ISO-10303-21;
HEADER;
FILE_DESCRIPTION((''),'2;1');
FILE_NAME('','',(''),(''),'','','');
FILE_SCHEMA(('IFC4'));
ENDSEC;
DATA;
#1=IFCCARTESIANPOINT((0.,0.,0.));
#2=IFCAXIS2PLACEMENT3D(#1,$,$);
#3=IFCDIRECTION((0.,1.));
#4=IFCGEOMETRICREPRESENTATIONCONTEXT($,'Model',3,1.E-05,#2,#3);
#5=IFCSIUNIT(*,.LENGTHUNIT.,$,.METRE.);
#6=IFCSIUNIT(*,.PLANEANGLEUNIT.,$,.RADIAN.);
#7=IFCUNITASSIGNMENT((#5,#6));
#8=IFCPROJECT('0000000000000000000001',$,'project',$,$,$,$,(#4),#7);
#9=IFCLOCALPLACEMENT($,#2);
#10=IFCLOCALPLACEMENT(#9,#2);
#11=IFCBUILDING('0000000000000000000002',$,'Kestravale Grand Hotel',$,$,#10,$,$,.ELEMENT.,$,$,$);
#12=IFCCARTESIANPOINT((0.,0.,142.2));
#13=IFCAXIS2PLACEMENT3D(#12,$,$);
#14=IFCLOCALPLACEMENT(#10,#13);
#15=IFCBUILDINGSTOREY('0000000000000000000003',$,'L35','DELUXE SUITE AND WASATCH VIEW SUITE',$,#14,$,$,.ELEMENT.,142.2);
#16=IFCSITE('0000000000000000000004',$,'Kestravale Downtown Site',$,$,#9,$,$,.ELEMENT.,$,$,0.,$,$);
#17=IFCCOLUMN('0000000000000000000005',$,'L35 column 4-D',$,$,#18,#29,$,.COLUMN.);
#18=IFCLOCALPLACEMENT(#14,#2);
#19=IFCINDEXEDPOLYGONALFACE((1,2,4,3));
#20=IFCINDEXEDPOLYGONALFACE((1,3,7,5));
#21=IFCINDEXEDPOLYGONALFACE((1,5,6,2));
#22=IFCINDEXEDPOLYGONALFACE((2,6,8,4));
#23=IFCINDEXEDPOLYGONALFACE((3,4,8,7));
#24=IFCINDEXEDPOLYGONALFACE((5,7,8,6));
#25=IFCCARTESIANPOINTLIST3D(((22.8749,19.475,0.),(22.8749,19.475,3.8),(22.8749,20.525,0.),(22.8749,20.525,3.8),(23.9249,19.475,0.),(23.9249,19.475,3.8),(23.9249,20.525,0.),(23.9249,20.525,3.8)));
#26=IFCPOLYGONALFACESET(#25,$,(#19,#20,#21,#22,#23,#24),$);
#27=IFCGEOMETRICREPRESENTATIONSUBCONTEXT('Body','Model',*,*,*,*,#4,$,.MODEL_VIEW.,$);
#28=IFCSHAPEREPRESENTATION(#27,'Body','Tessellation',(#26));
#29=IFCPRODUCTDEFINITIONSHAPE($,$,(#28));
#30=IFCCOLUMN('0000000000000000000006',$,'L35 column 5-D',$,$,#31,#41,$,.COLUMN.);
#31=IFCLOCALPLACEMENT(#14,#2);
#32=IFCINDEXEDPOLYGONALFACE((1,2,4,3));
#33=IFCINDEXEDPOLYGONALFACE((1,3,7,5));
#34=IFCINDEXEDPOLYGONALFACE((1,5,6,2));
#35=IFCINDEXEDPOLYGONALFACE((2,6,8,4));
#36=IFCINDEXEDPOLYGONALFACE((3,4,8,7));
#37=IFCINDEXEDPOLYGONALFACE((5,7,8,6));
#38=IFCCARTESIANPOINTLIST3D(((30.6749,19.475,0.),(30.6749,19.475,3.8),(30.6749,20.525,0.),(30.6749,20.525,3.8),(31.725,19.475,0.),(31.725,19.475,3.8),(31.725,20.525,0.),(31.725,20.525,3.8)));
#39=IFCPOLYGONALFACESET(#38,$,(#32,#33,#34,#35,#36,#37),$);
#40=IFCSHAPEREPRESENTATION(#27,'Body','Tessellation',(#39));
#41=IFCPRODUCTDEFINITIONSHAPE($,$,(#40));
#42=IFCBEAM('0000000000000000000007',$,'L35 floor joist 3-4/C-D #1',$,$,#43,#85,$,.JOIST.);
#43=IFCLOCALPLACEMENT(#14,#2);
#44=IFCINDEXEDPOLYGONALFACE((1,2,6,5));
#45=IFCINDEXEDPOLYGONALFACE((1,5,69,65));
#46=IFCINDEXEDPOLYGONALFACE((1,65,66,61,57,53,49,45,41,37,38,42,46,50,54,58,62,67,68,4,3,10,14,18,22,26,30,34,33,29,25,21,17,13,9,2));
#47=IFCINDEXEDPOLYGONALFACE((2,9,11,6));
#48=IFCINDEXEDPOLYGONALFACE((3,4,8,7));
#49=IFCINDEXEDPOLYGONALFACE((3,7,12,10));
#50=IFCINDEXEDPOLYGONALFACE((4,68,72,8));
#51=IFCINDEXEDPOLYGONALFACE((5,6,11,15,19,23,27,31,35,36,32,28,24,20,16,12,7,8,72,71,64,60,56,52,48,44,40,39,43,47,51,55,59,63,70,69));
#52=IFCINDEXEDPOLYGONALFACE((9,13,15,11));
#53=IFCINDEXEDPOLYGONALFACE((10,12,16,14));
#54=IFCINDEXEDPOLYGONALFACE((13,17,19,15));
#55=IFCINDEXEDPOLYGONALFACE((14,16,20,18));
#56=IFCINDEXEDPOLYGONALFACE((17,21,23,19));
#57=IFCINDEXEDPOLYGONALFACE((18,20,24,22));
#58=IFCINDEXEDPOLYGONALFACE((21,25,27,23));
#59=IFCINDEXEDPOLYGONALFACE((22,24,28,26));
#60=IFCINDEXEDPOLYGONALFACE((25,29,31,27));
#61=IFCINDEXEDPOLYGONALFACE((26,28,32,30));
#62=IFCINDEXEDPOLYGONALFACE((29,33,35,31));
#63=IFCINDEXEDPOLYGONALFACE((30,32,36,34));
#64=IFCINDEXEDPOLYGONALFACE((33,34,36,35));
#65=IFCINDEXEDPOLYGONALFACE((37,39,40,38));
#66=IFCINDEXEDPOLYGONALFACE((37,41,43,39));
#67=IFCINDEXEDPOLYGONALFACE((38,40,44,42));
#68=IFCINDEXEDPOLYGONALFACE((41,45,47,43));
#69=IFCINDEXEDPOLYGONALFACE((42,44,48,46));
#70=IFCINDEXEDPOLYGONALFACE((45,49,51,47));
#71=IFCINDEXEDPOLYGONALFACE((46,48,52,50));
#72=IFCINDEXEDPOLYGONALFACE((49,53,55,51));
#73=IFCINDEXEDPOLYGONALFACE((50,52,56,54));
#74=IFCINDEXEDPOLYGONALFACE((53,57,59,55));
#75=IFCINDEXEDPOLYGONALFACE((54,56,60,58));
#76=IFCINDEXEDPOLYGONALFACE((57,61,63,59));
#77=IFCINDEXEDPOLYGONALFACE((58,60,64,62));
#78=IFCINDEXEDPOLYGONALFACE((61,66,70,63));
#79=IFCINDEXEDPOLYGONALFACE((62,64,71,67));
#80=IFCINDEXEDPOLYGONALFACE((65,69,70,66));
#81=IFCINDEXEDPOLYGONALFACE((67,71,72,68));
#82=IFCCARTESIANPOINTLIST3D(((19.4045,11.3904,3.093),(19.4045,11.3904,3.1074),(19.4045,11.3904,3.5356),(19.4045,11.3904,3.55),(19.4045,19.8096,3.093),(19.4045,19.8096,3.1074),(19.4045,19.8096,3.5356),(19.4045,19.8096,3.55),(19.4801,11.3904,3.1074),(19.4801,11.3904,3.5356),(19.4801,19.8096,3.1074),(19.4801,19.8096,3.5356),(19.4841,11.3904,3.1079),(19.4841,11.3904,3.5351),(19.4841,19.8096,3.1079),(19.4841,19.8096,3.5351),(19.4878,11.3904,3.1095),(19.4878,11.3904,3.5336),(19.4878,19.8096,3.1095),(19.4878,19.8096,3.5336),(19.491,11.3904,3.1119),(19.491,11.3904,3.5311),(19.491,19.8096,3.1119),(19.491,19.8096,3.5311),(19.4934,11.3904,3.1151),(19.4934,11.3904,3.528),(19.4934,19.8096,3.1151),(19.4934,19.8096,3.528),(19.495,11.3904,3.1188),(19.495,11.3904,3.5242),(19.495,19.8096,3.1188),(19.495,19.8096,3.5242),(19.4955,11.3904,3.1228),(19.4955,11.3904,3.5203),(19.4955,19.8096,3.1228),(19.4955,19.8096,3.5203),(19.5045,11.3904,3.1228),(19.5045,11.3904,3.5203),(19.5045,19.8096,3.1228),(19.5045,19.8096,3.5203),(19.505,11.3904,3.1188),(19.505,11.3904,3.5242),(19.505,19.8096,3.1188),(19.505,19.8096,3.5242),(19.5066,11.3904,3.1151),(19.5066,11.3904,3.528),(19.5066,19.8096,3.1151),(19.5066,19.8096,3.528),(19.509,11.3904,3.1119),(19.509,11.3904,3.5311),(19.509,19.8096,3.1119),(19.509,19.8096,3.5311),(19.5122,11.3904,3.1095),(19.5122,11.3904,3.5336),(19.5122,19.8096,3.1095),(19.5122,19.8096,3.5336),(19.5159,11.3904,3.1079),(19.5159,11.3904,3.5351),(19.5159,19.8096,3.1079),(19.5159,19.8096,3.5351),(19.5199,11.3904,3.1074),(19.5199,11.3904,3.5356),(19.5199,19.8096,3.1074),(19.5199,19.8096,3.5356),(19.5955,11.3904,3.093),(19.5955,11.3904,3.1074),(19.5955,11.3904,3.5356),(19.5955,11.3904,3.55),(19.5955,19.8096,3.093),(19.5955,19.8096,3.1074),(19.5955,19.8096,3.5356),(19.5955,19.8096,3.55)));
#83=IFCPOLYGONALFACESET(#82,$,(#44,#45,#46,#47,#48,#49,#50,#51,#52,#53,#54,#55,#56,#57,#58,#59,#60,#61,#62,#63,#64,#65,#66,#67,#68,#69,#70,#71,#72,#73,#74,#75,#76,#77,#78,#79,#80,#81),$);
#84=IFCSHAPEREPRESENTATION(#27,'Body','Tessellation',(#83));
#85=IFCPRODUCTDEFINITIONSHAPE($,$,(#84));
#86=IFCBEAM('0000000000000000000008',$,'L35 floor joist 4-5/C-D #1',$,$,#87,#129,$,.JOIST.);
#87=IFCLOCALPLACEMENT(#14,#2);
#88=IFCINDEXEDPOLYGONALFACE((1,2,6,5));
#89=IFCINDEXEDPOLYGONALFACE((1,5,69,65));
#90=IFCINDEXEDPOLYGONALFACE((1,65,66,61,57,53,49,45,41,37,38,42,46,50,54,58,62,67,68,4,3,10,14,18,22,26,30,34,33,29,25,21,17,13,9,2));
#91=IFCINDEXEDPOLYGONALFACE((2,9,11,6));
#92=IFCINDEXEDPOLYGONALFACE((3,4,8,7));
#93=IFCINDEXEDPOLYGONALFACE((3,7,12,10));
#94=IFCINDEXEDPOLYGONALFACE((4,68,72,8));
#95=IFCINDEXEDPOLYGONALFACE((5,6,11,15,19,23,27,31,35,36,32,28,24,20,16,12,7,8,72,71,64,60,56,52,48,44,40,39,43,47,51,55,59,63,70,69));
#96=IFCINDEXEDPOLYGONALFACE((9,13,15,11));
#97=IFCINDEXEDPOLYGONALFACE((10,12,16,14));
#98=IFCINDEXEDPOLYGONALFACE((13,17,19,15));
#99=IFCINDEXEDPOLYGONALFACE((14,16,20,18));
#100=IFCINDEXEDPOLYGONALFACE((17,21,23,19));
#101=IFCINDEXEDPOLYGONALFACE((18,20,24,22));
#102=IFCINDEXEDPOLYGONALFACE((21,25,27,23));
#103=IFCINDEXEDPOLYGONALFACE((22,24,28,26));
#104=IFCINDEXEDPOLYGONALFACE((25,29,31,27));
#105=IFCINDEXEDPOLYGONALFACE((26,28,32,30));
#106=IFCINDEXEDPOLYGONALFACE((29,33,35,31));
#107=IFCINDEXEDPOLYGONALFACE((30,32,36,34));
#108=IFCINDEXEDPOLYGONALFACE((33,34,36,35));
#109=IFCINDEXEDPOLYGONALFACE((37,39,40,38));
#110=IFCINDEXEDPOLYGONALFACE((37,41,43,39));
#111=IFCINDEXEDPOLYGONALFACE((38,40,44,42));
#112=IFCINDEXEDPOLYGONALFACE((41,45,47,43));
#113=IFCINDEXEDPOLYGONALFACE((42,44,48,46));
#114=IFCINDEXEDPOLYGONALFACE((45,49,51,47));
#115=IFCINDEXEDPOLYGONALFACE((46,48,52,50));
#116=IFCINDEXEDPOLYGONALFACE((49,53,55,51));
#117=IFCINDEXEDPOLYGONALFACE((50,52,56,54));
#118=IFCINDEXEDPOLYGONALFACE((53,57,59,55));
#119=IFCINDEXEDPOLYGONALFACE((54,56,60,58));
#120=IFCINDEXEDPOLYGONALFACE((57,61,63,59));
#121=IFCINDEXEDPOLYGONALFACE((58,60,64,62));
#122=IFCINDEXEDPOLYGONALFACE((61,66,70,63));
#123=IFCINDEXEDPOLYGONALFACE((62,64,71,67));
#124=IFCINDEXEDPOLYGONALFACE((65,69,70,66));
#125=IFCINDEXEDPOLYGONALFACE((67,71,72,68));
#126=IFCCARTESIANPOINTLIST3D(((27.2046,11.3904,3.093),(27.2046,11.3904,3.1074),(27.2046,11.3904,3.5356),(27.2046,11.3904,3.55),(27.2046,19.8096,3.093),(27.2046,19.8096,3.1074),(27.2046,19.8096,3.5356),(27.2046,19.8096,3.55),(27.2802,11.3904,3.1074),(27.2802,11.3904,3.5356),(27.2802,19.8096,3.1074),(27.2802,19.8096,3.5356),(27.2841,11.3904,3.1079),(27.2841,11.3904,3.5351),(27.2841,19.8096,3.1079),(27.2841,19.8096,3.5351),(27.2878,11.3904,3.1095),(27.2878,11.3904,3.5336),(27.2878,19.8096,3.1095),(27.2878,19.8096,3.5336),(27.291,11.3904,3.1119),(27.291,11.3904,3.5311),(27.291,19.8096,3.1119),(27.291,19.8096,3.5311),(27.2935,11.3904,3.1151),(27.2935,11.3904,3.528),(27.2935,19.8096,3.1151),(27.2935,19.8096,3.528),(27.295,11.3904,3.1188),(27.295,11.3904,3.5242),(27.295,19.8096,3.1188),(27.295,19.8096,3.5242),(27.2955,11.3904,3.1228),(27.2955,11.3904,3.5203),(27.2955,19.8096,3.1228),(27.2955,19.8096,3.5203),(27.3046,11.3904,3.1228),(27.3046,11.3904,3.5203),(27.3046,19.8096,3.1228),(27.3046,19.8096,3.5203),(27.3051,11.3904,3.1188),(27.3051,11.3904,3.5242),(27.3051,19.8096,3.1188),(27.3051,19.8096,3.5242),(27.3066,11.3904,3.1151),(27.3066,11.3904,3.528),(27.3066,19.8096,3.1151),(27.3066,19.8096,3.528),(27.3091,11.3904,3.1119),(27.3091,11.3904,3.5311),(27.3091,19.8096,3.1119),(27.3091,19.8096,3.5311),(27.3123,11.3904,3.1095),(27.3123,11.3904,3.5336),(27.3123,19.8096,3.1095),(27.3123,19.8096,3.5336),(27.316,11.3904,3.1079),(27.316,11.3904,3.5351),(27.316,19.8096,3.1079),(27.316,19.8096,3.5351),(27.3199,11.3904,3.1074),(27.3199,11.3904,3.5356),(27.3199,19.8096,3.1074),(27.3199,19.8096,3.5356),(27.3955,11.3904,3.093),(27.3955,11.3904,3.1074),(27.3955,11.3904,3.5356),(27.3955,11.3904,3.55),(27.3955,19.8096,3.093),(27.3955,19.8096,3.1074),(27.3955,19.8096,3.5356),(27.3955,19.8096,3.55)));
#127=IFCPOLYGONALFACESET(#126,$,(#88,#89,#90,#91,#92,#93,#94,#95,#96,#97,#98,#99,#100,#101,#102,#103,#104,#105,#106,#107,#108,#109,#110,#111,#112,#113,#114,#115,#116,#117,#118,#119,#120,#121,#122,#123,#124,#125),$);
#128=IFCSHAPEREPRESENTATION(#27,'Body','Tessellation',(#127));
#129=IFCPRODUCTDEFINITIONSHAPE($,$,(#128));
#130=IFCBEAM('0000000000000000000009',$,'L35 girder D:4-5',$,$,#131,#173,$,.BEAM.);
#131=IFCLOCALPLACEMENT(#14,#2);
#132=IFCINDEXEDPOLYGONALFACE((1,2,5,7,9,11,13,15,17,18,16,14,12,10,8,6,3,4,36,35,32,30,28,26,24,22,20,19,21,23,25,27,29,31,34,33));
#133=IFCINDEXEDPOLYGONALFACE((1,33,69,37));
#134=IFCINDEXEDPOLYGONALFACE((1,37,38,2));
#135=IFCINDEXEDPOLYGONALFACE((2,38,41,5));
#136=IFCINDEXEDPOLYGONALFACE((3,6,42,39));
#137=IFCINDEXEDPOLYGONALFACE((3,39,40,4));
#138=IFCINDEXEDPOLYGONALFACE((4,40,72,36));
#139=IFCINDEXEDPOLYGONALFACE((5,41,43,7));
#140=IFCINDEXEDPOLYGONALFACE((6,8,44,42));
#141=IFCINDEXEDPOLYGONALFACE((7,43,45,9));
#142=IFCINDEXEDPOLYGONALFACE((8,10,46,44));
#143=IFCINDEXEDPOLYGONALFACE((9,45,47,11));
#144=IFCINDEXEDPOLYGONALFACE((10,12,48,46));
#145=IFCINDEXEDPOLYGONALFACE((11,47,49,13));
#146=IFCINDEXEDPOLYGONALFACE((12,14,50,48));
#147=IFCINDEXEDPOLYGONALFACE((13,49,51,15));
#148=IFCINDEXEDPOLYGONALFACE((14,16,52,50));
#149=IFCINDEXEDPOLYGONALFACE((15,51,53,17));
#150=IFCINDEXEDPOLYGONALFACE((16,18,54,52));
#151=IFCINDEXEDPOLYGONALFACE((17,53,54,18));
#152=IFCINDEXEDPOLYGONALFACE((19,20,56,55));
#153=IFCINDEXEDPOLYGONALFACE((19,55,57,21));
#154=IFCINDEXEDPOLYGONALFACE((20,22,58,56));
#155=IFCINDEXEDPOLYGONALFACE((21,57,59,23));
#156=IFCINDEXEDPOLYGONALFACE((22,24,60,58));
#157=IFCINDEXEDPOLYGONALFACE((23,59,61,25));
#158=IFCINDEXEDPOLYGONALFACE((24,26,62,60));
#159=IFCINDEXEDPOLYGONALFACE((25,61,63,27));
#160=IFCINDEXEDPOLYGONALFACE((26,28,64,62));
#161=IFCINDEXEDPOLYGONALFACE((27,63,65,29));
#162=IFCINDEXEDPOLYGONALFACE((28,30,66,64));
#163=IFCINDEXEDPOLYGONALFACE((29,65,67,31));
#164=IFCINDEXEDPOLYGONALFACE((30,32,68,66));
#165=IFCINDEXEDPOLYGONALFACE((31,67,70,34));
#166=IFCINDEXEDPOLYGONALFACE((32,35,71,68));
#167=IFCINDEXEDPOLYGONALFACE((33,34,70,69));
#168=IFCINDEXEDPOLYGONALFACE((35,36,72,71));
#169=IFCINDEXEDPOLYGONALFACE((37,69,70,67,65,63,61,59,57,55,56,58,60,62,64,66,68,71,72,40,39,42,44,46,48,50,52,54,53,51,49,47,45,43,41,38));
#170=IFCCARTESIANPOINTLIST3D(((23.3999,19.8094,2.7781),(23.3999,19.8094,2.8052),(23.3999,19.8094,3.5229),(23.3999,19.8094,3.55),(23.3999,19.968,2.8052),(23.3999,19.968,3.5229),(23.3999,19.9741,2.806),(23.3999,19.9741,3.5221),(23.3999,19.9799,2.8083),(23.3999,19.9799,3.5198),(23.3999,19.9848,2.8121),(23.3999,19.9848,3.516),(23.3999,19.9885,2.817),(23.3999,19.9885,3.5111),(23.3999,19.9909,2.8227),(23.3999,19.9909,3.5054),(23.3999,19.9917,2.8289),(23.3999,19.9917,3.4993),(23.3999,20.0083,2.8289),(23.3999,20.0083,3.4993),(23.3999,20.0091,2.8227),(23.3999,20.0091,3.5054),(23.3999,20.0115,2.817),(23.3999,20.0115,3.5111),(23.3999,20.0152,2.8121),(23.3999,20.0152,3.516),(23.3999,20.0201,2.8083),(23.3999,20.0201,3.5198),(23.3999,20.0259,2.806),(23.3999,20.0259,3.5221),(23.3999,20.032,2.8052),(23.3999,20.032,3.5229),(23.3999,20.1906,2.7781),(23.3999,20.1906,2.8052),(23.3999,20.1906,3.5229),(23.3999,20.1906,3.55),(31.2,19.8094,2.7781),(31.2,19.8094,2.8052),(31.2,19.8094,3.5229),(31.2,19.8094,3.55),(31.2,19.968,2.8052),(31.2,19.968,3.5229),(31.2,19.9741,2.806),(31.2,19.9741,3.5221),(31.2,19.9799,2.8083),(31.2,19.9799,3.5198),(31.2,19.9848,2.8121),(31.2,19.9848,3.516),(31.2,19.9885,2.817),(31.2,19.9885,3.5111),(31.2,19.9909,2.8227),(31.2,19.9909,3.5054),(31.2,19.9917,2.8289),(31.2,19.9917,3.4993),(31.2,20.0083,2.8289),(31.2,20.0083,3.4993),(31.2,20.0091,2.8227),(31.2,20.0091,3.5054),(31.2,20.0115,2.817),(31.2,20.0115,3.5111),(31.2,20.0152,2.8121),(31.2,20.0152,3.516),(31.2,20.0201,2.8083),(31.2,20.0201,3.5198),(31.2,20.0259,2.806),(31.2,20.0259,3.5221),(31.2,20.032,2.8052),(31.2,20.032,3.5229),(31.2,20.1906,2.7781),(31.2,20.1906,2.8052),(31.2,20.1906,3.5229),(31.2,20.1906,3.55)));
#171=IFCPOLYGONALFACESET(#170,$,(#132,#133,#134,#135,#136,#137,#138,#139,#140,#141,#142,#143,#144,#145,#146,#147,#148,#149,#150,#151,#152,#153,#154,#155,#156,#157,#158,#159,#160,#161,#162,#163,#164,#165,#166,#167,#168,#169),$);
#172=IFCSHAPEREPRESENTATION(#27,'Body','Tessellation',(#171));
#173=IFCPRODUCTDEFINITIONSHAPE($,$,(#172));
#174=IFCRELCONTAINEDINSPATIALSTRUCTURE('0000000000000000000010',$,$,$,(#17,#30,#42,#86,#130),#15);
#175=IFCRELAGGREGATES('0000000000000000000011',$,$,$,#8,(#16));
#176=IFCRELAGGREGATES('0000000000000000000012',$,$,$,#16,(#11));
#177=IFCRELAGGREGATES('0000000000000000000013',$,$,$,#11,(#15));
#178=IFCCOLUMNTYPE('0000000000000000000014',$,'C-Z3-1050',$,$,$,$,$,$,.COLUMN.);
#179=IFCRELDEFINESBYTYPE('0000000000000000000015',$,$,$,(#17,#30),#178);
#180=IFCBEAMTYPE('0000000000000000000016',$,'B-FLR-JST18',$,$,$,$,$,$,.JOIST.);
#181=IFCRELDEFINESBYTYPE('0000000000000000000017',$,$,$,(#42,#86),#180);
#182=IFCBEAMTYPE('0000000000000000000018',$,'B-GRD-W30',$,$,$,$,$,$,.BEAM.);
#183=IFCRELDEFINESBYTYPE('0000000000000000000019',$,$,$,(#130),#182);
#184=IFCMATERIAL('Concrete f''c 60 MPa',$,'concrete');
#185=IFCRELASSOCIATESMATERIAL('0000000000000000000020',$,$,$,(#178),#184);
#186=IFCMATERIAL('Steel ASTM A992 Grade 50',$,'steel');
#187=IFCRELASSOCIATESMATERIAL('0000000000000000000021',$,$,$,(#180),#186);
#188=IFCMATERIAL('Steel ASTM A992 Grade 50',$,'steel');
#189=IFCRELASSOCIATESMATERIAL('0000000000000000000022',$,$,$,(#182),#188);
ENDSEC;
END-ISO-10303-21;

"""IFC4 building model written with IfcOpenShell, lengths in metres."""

from ifc_helpers import new_model, si_unit, direction, frame, origin, origin_2d, place, context, subcontext, project, spatial, rectangle, i_section, extrude, material, material_profile, profile_set, type_object, element, save


model = new_model("IFC4")

# Units and contexts
model_context = context("Model", 3, precision=1e-05, world=origin(), true_north=direction((0.0, 1.0)))
body_context = subcontext(model_context, "Body", "Model", "MODEL_VIEW")
ifc_project = project(units=[si_unit("LENGTHUNIT", "METRE"), si_unit("PLANEANGLEUNIT", "RADIAN")], contexts=[model_context])

# Site, building, storey
site_placement = place(None, origin())
site = spatial("IfcSite", under=ifc_project, at=site_placement, Name="Kestravale Downtown Site", CompositionType="ELEMENT", RefElevation=0.0)
building_placement = place(site_placement, origin())
building = spatial("IfcBuilding", under=site, at=building_placement, Name="Kestravale Grand Hotel", CompositionType="ELEMENT")
storey_placement = place(building_placement, frame((0.0, 0.0, 142.2)))
storey = spatial("IfcBuildingStorey", under=building, at=storey_placement, Name="L35", Description="DELUXE SUITE AND WASATCH VIEW SUITE", CompositionType="ELEMENT", Elevation=142.2)

# Columns
ifc_material_1 = material(Name="Concrete f'c 60 MPa", Category="concrete")
ifc_material_profile_1 = material_profile(ifc_material_1, rectangle(XDim=1.05, YDim=1.05, at=origin_2d()))
ifc_profile_set_1 = profile_set([ifc_material_profile_1], Name="Concrete f'c 60 MPa")
column_type = type_object("IfcColumnType", Name="C-Z3-1050", PredefinedType="COLUMN", material=ifc_profile_set_1)
for number, where, z_axis, x_axis, name in (
    (1, (23.3999, 20.0, 0.0), (0.0, 0.0, 1.0), (1.0, 0.0, 0.0), "L35 column 4-D"),
    (2, (31.2, 20.0, 0.0), (0.0, 0.0, 1.0), (1.0, 0.0, 0.0), "L35 column 5-D"),
):
    element("IfcColumn", number, at=place(storey_placement, frame(where, z_axis=z_axis, x_axis=x_axis)), inside=storey, type_object=column_type, Name=name, PredefinedType="COLUMN", context=body_context, shape_type="SweptSolid", body=[
        extrude(rectangle(XDim=1.05, YDim=1.05, at=origin_2d()), origin(), (0.0, 0.0, 1.0), 3.8),
    ])

# Beams
ifc_material_2 = material(Name="Steel ASTM A992 Grade 50", Category="steel")
ifc_material_profile_2 = material_profile(ifc_material_2, i_section(OverallWidth=0.1909, OverallDepth=0.457, WebThickness=0.009, FlangeThickness=0.0144, FilletRadius=0.0154, at=origin_2d()))
ifc_profile_set_2 = profile_set([ifc_material_profile_2], Name="Steel ASTM A992 Grade 50")
beam_type_1 = type_object("IfcBeamType", Name="B-FLR-JST18", PredefinedType="JOIST", material=ifc_profile_set_2)
for number, where, z_axis, x_axis, name in (
    (3, (19.5, 11.3904, 3.3215), (0.0, 1.0, 0.0), (-1.0, 0.0, 0.0), "L35 floor joist 3-4/C-D #1"),
    (4, (27.3, 11.3904, 3.3215), (0.0, 1.0, 0.0), (-1.0, 0.0, 0.0), "L35 floor joist 4-5/C-D #1"),
):
    element("IfcBeam", number, at=place(storey_placement, frame(where, z_axis=z_axis, x_axis=x_axis)), inside=storey, type_object=beam_type_1, Name=name, PredefinedType="JOIST", context=body_context, shape_type="SweptSolid", body=[
        extrude(i_section(OverallWidth=0.1909, OverallDepth=0.457, WebThickness=0.009, FlangeThickness=0.0144, FilletRadius=0.0154, at=origin_2d()), origin(), (0.0, 0.0, 1.0), 8.4192),
    ])
ifc_material_3 = material(Name="Steel ASTM A992 Grade 50", Category="steel")
ifc_material_profile_3 = material_profile(ifc_material_3, i_section(OverallWidth=0.3811, OverallDepth=0.772, WebThickness=0.0166, FlangeThickness=0.0271, FilletRadius=0.0237, at=origin_2d()))
ifc_profile_set_3 = profile_set([ifc_material_profile_3], Name="Steel ASTM A992 Grade 50")
beam_type_2 = type_object("IfcBeamType", Name="B-GRD-W30", PredefinedType="BEAM", material=ifc_profile_set_3)
beam_1_placement = place(storey_placement, frame((23.3999, 20.0, 3.1641), z_axis=(1.0, 0.0, 0.0), x_axis=(0.0, 1.0, 0.0)))
element("IfcBeam", 5, at=beam_1_placement, inside=storey, type_object=beam_type_2, Name="L35 girder D:4-5", PredefinedType="BEAM", context=body_context, shape_type="SweptSolid", body=[
    extrude(i_section(OverallWidth=0.3811, OverallDepth=0.772, WebThickness=0.0166, FlangeThickness=0.0271, FilletRadius=0.0237, at=origin_2d()), origin(), (0.0, 0.0, 1.0), 7.8),
])

save(model, "model.ifc")
